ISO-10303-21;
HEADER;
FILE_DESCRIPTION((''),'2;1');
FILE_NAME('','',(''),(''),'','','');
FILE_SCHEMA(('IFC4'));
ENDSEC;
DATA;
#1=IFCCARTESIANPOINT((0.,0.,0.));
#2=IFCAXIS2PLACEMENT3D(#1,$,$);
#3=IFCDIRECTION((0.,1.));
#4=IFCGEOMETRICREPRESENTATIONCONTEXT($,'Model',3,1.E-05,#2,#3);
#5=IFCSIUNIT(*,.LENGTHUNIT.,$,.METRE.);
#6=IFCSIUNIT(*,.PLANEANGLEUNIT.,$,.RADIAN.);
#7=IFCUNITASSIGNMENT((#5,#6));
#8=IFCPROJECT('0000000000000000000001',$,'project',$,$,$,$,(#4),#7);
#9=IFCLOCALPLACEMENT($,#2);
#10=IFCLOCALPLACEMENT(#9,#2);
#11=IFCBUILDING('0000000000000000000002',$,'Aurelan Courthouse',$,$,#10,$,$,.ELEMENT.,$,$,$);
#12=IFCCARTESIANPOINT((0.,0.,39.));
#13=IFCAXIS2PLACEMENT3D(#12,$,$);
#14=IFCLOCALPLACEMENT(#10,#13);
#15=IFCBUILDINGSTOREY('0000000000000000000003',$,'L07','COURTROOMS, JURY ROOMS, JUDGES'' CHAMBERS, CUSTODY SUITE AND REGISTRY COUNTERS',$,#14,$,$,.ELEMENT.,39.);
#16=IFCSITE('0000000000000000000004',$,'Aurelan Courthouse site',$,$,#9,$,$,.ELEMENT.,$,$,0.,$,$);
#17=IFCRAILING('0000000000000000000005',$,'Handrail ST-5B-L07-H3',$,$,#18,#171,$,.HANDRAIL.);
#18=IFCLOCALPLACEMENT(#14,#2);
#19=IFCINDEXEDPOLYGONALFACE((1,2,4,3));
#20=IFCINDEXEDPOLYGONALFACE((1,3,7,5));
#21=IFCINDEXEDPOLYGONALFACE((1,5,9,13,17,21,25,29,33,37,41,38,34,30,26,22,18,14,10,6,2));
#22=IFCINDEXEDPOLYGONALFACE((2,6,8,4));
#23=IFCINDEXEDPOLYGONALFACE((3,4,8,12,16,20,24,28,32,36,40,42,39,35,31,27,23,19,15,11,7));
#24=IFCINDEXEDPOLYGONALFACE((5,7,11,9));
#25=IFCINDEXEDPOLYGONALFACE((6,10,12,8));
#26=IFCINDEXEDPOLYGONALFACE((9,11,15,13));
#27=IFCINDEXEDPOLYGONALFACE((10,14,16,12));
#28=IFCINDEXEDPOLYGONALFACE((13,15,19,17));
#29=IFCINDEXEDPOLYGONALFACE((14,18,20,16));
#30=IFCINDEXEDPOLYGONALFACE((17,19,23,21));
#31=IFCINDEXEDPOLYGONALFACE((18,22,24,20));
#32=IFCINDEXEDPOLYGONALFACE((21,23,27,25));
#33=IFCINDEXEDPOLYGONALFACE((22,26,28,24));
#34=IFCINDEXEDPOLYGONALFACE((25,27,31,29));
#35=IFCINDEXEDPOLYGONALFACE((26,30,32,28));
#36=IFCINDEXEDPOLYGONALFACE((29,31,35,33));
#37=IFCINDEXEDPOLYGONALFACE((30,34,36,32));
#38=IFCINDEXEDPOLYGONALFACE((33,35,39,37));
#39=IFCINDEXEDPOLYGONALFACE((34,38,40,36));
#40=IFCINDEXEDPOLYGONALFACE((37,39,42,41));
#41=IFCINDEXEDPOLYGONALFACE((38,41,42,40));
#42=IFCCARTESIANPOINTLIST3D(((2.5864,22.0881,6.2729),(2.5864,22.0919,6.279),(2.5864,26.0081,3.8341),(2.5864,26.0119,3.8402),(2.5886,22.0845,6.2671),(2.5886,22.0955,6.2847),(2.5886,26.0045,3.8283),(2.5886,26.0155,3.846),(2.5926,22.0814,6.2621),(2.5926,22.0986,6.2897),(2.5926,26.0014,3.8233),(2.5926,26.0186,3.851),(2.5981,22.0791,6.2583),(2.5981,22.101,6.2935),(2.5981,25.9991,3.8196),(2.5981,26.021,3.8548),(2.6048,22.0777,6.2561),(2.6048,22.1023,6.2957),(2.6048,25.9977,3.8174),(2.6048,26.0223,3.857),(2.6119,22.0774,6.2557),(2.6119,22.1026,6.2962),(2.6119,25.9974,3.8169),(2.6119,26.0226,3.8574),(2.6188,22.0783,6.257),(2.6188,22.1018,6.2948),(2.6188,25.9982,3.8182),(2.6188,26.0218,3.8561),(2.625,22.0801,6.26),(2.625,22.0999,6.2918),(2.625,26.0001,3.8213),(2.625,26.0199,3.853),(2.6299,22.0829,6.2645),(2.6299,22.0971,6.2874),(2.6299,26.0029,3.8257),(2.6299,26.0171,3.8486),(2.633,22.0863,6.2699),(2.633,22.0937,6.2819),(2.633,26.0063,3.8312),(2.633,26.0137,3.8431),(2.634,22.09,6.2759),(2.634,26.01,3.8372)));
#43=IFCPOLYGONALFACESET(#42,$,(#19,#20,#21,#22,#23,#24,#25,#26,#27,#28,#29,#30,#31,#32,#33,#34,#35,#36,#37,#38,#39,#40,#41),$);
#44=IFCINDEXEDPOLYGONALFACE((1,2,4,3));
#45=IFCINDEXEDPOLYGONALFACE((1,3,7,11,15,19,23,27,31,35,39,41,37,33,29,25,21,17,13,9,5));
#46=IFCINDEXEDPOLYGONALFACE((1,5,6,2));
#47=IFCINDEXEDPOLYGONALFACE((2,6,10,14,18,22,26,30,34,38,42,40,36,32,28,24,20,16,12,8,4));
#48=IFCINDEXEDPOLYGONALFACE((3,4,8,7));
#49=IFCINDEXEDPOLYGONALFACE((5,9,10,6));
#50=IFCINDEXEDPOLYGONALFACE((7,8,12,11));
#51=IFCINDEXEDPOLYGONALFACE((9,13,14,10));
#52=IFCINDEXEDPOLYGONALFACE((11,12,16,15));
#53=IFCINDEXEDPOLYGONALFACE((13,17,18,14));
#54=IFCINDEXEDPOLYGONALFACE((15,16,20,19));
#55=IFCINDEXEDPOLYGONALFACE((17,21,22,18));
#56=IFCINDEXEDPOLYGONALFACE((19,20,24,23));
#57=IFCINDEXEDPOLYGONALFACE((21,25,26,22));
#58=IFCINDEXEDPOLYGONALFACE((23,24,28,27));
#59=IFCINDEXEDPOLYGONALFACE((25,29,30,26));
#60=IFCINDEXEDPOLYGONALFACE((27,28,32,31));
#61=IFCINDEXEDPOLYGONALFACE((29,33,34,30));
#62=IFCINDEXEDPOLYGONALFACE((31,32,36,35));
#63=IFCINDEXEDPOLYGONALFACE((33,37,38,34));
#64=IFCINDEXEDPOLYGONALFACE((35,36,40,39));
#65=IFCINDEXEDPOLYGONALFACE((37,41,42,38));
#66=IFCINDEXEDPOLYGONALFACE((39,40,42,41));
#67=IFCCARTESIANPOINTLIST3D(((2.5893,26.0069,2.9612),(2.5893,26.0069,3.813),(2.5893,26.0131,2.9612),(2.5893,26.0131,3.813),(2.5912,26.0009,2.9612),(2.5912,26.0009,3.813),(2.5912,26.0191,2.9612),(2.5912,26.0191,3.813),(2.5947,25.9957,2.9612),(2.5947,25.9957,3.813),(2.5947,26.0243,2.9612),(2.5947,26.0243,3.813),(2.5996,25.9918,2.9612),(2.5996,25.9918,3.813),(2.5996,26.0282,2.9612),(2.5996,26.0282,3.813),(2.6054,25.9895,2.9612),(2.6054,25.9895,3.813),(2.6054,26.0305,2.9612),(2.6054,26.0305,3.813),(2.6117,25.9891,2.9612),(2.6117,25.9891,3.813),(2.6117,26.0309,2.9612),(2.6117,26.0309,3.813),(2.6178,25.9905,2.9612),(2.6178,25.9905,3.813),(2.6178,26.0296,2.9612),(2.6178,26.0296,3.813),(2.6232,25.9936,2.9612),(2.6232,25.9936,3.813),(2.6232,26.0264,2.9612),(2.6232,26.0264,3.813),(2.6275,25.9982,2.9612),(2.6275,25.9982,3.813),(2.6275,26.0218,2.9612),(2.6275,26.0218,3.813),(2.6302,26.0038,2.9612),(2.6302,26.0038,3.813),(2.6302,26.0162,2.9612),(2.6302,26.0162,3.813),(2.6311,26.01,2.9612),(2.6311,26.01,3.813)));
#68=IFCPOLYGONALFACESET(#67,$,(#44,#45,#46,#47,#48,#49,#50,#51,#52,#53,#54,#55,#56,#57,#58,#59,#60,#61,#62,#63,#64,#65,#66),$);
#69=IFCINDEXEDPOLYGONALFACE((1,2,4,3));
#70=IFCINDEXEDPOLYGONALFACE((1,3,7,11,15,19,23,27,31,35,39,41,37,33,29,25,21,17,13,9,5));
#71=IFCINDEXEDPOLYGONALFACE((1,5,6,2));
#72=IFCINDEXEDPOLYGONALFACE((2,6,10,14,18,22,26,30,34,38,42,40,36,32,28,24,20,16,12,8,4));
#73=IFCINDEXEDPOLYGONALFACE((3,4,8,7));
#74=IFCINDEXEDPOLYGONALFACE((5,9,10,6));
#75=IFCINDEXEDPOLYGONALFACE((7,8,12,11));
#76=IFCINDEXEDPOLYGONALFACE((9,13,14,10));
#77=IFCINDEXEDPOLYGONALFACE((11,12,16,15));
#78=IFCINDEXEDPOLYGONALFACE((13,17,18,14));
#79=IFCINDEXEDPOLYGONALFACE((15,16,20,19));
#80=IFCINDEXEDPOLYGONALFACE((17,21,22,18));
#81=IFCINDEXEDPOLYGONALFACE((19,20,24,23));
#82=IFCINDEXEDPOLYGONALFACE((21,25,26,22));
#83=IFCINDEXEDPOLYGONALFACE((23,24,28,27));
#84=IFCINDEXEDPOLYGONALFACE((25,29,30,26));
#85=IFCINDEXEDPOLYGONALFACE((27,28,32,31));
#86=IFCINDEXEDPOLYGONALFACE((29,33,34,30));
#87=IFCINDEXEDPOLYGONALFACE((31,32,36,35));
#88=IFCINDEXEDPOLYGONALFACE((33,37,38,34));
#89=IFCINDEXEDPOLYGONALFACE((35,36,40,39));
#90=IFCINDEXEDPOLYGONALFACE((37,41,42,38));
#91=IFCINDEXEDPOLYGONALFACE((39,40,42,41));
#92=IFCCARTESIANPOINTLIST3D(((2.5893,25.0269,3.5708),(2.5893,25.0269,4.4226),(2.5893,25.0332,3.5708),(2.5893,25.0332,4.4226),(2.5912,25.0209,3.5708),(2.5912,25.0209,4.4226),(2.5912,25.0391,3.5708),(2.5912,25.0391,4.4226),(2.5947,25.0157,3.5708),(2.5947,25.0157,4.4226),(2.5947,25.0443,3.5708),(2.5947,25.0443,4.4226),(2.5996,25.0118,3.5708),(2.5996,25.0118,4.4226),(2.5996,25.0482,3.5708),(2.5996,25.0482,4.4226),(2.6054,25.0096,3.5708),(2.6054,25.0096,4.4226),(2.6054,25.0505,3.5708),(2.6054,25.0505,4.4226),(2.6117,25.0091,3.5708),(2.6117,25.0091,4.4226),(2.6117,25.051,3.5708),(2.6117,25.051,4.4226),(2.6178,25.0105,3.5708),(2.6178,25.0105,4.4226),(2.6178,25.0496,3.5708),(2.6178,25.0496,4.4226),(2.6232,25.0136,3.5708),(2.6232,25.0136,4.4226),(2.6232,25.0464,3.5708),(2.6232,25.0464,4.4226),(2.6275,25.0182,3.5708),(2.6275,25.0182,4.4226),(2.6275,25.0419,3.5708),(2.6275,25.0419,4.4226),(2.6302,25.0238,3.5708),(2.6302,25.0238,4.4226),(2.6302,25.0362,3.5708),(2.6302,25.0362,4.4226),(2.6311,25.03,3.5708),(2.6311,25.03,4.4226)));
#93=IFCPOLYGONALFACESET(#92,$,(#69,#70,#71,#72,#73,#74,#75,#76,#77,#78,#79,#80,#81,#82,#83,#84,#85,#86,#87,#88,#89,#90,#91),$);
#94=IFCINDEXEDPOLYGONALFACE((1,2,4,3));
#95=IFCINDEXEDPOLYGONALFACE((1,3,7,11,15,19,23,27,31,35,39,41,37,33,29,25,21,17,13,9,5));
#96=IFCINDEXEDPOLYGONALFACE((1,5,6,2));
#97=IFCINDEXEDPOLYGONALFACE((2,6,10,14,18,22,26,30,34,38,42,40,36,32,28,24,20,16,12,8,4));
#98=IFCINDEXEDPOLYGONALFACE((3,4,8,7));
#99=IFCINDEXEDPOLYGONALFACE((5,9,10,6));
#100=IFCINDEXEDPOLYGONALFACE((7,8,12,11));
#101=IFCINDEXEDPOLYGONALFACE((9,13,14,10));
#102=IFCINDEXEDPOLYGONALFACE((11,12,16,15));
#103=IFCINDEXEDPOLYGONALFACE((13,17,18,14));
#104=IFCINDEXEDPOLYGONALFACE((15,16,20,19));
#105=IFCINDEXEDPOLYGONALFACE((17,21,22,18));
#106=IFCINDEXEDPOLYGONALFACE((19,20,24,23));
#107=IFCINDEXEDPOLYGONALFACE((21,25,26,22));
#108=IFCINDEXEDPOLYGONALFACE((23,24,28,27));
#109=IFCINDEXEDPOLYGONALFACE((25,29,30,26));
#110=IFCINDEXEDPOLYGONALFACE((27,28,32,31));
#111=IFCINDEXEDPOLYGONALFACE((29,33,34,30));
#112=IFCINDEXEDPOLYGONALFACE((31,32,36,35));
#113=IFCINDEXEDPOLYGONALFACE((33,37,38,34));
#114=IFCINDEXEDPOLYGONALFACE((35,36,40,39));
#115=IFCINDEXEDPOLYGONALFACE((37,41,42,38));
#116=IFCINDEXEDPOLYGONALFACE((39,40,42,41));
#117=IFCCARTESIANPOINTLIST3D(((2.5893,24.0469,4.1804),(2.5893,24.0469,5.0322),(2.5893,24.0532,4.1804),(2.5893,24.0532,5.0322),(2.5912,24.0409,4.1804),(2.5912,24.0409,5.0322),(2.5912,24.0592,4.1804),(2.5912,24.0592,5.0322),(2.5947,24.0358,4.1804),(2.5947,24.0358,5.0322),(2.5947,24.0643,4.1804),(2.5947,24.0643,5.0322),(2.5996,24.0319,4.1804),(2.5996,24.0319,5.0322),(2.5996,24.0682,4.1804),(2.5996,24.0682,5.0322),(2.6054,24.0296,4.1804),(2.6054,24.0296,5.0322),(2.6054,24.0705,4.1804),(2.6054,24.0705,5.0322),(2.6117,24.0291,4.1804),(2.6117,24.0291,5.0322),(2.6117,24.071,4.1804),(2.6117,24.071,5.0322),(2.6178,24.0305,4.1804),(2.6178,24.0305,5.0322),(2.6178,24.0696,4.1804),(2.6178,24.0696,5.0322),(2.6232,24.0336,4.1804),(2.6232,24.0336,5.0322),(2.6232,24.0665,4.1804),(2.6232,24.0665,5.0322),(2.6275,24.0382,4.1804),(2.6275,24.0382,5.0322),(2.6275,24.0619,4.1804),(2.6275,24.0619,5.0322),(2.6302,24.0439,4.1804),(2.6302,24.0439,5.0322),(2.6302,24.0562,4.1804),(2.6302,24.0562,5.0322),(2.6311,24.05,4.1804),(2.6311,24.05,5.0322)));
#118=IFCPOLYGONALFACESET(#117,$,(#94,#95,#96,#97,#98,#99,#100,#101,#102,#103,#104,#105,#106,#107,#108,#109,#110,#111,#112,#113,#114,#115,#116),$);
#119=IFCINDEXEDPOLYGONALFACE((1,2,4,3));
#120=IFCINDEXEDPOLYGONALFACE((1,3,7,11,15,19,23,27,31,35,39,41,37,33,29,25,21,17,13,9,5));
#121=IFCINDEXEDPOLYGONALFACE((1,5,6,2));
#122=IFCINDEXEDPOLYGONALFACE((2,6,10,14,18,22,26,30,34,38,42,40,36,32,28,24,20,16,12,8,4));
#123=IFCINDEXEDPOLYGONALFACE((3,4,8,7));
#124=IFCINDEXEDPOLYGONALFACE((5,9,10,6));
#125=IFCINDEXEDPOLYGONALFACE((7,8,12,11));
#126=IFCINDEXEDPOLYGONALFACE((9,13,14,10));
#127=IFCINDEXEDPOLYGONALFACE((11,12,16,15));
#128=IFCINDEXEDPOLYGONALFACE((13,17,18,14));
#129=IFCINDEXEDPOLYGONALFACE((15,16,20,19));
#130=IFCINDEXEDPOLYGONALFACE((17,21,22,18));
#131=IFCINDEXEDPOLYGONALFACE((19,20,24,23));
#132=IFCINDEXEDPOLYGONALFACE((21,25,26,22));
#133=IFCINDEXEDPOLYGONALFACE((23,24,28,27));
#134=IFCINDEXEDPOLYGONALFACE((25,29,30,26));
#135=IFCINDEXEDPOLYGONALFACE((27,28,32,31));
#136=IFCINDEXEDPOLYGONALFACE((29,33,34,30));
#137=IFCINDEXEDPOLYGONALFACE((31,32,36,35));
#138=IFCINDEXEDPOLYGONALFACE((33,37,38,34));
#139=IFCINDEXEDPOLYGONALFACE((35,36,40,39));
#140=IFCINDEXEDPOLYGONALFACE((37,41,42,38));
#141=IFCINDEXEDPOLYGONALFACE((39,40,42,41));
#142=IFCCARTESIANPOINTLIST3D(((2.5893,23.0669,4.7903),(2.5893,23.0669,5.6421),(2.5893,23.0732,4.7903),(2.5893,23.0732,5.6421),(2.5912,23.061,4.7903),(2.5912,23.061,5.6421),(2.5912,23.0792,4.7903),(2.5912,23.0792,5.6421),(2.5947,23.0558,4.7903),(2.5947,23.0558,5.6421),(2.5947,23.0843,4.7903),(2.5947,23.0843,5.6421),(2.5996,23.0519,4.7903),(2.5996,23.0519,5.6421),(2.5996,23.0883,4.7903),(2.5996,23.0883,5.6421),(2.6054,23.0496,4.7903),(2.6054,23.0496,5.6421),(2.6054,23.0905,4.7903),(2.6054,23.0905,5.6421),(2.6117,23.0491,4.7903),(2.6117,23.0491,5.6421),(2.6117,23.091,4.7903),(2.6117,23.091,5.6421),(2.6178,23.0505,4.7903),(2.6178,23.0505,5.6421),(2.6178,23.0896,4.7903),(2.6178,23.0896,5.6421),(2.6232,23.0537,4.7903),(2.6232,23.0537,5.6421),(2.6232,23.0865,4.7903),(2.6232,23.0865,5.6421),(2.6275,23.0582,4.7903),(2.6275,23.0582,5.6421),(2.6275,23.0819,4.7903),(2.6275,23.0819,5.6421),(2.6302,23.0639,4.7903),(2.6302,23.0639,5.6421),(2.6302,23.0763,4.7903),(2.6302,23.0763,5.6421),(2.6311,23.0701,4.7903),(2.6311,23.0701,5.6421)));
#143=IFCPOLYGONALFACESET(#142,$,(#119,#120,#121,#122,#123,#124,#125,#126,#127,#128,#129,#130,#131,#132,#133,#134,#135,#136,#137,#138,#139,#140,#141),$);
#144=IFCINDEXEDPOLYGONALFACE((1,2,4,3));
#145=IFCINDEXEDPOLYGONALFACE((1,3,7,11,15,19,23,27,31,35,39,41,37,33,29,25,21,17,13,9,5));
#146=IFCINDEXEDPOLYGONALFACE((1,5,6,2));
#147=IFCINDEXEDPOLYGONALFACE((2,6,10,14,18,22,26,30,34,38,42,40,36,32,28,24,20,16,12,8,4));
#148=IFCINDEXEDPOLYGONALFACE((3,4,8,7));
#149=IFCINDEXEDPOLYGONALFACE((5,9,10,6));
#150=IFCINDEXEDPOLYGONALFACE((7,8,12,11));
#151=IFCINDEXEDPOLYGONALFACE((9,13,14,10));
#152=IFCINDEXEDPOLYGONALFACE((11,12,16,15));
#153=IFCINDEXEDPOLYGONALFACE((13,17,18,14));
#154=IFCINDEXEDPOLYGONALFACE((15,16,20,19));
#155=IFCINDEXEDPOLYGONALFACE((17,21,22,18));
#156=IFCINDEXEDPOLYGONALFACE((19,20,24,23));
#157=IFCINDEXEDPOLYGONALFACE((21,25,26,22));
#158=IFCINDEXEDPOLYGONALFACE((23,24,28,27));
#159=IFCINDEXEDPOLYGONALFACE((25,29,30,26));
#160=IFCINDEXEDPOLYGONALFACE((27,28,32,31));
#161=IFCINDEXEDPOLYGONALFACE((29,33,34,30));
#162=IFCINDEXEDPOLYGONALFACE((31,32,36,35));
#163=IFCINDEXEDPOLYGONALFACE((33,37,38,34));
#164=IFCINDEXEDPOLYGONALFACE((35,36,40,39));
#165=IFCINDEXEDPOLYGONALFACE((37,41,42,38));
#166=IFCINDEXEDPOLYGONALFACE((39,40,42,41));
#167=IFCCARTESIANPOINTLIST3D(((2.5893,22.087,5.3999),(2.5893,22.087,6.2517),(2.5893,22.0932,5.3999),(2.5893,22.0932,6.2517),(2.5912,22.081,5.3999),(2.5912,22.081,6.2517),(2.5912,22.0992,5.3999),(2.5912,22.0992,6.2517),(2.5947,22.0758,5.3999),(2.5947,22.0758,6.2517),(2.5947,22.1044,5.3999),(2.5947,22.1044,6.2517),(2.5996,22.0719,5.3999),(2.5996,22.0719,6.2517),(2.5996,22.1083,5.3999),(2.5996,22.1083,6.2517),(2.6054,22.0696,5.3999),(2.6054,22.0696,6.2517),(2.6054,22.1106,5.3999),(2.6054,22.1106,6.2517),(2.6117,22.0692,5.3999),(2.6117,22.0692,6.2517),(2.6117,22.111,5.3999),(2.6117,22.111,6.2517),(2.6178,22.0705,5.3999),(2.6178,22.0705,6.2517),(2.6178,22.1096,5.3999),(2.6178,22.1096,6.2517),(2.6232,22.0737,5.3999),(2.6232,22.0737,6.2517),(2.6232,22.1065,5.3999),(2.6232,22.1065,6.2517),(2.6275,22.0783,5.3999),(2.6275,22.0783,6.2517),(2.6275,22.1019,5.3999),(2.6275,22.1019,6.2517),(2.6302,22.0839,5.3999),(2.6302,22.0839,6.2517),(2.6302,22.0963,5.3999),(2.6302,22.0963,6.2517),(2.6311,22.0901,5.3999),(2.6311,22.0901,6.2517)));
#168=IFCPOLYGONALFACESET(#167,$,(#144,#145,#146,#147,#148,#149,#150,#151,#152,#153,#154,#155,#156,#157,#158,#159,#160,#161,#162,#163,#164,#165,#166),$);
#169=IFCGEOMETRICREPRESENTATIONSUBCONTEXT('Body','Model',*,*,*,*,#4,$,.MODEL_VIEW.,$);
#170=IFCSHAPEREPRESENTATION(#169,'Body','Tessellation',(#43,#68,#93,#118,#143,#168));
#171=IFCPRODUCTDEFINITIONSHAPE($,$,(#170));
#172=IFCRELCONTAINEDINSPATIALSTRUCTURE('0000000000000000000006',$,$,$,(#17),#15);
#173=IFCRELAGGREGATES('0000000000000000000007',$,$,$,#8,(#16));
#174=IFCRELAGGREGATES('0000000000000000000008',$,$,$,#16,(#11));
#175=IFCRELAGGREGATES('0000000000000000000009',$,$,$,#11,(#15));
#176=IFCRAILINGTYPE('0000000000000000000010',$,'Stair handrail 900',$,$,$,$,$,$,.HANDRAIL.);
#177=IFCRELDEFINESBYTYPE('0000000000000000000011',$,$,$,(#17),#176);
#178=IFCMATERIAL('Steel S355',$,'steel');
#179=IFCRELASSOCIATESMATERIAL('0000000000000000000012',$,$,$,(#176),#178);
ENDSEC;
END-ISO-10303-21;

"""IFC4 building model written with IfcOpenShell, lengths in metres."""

from ifc_helpers import new_model, si_unit, direction, frame, origin, origin_2d, place, context, subcontext, project, spatial, circle, extrude, material, type_object, element, save


model = new_model("IFC4")

# Units and contexts
model_context = context("Model", 3, precision=1e-05, world=origin(), true_north=direction((0.0, 1.0)))
body_context = subcontext(model_context, "Body", "Model", "MODEL_VIEW")
ifc_project = project(units=[si_unit("LENGTHUNIT", "METRE"), si_unit("PLANEANGLEUNIT", "RADIAN")], contexts=[model_context])

# Site, building, storey
site_placement = place(None, origin())
site = spatial("IfcSite", under=ifc_project, at=site_placement, Name="Aurelan Courthouse site", CompositionType="ELEMENT", RefElevation=0.0)
building_placement = place(site_placement, origin())
building = spatial("IfcBuilding", under=site, at=building_placement, Name="Aurelan Courthouse", CompositionType="ELEMENT")
storey_placement = place(building_placement, frame((0.0, 0.0, 39.0)))
storey = spatial("IfcBuildingStorey", under=building, at=storey_placement, Name="L07", Description="COURTROOMS, JURY ROOMS, JUDGES' CHAMBERS, CUSTODY SUITE AND REGISTRY COUNTERS", CompositionType="ELEMENT", Elevation=39.0)

# Railing
ifc_material_1 = material(Name="Steel S355", Category="steel")
railing_type_1 = type_object("IfcRailingType", Name="Stair handrail 900", PredefinedType="HANDRAIL", material=ifc_material_1)
for number, where, name in (
    (1, (2.6101, 26.01, 2.9612), "Handrail ST-5B-L07-H3"),
):
    element("IfcRailing", number, at=place(storey_placement, frame(where)), inside=storey, type_object=railing_type_1, Name=name, PredefinedType="HANDRAIL", context=body_context, shape_type="SweptSolid", body=[
        extrude(circle(Radius=0.0239, at=origin_2d()), frame((0.0, 0.0, 0.876), z_axis=(0.0, -0.84909, 0.528249), x_axis=(1.0, 0.0, 0.0)), (0.0, 0.0, 1.0), 4.6167),
        extrude(circle(Radius=0.021, at=origin_2d()), origin(), (0.0, 0.0, 1.0), 0.8518),
        extrude(circle(Radius=0.021, at=origin_2d()), frame((0.0, -0.98, 0.6096)), (0.0, 0.0, 1.0), 0.8518),
        extrude(circle(Radius=0.021, at=origin_2d()), frame((0.0, -1.96, 1.2192)), (0.0, 0.0, 1.0), 0.8518),
        extrude(circle(Radius=0.021, at=origin_2d()), frame((0.0, -2.9399, 1.8291)), (0.0, 0.0, 1.0), 0.8518),
        extrude(circle(Radius=0.021, at=origin_2d()), frame((0.0, -3.9199, 2.4387)), (0.0, 0.0, 1.0), 0.8518),
    ])

save(model, "model.ifc")
